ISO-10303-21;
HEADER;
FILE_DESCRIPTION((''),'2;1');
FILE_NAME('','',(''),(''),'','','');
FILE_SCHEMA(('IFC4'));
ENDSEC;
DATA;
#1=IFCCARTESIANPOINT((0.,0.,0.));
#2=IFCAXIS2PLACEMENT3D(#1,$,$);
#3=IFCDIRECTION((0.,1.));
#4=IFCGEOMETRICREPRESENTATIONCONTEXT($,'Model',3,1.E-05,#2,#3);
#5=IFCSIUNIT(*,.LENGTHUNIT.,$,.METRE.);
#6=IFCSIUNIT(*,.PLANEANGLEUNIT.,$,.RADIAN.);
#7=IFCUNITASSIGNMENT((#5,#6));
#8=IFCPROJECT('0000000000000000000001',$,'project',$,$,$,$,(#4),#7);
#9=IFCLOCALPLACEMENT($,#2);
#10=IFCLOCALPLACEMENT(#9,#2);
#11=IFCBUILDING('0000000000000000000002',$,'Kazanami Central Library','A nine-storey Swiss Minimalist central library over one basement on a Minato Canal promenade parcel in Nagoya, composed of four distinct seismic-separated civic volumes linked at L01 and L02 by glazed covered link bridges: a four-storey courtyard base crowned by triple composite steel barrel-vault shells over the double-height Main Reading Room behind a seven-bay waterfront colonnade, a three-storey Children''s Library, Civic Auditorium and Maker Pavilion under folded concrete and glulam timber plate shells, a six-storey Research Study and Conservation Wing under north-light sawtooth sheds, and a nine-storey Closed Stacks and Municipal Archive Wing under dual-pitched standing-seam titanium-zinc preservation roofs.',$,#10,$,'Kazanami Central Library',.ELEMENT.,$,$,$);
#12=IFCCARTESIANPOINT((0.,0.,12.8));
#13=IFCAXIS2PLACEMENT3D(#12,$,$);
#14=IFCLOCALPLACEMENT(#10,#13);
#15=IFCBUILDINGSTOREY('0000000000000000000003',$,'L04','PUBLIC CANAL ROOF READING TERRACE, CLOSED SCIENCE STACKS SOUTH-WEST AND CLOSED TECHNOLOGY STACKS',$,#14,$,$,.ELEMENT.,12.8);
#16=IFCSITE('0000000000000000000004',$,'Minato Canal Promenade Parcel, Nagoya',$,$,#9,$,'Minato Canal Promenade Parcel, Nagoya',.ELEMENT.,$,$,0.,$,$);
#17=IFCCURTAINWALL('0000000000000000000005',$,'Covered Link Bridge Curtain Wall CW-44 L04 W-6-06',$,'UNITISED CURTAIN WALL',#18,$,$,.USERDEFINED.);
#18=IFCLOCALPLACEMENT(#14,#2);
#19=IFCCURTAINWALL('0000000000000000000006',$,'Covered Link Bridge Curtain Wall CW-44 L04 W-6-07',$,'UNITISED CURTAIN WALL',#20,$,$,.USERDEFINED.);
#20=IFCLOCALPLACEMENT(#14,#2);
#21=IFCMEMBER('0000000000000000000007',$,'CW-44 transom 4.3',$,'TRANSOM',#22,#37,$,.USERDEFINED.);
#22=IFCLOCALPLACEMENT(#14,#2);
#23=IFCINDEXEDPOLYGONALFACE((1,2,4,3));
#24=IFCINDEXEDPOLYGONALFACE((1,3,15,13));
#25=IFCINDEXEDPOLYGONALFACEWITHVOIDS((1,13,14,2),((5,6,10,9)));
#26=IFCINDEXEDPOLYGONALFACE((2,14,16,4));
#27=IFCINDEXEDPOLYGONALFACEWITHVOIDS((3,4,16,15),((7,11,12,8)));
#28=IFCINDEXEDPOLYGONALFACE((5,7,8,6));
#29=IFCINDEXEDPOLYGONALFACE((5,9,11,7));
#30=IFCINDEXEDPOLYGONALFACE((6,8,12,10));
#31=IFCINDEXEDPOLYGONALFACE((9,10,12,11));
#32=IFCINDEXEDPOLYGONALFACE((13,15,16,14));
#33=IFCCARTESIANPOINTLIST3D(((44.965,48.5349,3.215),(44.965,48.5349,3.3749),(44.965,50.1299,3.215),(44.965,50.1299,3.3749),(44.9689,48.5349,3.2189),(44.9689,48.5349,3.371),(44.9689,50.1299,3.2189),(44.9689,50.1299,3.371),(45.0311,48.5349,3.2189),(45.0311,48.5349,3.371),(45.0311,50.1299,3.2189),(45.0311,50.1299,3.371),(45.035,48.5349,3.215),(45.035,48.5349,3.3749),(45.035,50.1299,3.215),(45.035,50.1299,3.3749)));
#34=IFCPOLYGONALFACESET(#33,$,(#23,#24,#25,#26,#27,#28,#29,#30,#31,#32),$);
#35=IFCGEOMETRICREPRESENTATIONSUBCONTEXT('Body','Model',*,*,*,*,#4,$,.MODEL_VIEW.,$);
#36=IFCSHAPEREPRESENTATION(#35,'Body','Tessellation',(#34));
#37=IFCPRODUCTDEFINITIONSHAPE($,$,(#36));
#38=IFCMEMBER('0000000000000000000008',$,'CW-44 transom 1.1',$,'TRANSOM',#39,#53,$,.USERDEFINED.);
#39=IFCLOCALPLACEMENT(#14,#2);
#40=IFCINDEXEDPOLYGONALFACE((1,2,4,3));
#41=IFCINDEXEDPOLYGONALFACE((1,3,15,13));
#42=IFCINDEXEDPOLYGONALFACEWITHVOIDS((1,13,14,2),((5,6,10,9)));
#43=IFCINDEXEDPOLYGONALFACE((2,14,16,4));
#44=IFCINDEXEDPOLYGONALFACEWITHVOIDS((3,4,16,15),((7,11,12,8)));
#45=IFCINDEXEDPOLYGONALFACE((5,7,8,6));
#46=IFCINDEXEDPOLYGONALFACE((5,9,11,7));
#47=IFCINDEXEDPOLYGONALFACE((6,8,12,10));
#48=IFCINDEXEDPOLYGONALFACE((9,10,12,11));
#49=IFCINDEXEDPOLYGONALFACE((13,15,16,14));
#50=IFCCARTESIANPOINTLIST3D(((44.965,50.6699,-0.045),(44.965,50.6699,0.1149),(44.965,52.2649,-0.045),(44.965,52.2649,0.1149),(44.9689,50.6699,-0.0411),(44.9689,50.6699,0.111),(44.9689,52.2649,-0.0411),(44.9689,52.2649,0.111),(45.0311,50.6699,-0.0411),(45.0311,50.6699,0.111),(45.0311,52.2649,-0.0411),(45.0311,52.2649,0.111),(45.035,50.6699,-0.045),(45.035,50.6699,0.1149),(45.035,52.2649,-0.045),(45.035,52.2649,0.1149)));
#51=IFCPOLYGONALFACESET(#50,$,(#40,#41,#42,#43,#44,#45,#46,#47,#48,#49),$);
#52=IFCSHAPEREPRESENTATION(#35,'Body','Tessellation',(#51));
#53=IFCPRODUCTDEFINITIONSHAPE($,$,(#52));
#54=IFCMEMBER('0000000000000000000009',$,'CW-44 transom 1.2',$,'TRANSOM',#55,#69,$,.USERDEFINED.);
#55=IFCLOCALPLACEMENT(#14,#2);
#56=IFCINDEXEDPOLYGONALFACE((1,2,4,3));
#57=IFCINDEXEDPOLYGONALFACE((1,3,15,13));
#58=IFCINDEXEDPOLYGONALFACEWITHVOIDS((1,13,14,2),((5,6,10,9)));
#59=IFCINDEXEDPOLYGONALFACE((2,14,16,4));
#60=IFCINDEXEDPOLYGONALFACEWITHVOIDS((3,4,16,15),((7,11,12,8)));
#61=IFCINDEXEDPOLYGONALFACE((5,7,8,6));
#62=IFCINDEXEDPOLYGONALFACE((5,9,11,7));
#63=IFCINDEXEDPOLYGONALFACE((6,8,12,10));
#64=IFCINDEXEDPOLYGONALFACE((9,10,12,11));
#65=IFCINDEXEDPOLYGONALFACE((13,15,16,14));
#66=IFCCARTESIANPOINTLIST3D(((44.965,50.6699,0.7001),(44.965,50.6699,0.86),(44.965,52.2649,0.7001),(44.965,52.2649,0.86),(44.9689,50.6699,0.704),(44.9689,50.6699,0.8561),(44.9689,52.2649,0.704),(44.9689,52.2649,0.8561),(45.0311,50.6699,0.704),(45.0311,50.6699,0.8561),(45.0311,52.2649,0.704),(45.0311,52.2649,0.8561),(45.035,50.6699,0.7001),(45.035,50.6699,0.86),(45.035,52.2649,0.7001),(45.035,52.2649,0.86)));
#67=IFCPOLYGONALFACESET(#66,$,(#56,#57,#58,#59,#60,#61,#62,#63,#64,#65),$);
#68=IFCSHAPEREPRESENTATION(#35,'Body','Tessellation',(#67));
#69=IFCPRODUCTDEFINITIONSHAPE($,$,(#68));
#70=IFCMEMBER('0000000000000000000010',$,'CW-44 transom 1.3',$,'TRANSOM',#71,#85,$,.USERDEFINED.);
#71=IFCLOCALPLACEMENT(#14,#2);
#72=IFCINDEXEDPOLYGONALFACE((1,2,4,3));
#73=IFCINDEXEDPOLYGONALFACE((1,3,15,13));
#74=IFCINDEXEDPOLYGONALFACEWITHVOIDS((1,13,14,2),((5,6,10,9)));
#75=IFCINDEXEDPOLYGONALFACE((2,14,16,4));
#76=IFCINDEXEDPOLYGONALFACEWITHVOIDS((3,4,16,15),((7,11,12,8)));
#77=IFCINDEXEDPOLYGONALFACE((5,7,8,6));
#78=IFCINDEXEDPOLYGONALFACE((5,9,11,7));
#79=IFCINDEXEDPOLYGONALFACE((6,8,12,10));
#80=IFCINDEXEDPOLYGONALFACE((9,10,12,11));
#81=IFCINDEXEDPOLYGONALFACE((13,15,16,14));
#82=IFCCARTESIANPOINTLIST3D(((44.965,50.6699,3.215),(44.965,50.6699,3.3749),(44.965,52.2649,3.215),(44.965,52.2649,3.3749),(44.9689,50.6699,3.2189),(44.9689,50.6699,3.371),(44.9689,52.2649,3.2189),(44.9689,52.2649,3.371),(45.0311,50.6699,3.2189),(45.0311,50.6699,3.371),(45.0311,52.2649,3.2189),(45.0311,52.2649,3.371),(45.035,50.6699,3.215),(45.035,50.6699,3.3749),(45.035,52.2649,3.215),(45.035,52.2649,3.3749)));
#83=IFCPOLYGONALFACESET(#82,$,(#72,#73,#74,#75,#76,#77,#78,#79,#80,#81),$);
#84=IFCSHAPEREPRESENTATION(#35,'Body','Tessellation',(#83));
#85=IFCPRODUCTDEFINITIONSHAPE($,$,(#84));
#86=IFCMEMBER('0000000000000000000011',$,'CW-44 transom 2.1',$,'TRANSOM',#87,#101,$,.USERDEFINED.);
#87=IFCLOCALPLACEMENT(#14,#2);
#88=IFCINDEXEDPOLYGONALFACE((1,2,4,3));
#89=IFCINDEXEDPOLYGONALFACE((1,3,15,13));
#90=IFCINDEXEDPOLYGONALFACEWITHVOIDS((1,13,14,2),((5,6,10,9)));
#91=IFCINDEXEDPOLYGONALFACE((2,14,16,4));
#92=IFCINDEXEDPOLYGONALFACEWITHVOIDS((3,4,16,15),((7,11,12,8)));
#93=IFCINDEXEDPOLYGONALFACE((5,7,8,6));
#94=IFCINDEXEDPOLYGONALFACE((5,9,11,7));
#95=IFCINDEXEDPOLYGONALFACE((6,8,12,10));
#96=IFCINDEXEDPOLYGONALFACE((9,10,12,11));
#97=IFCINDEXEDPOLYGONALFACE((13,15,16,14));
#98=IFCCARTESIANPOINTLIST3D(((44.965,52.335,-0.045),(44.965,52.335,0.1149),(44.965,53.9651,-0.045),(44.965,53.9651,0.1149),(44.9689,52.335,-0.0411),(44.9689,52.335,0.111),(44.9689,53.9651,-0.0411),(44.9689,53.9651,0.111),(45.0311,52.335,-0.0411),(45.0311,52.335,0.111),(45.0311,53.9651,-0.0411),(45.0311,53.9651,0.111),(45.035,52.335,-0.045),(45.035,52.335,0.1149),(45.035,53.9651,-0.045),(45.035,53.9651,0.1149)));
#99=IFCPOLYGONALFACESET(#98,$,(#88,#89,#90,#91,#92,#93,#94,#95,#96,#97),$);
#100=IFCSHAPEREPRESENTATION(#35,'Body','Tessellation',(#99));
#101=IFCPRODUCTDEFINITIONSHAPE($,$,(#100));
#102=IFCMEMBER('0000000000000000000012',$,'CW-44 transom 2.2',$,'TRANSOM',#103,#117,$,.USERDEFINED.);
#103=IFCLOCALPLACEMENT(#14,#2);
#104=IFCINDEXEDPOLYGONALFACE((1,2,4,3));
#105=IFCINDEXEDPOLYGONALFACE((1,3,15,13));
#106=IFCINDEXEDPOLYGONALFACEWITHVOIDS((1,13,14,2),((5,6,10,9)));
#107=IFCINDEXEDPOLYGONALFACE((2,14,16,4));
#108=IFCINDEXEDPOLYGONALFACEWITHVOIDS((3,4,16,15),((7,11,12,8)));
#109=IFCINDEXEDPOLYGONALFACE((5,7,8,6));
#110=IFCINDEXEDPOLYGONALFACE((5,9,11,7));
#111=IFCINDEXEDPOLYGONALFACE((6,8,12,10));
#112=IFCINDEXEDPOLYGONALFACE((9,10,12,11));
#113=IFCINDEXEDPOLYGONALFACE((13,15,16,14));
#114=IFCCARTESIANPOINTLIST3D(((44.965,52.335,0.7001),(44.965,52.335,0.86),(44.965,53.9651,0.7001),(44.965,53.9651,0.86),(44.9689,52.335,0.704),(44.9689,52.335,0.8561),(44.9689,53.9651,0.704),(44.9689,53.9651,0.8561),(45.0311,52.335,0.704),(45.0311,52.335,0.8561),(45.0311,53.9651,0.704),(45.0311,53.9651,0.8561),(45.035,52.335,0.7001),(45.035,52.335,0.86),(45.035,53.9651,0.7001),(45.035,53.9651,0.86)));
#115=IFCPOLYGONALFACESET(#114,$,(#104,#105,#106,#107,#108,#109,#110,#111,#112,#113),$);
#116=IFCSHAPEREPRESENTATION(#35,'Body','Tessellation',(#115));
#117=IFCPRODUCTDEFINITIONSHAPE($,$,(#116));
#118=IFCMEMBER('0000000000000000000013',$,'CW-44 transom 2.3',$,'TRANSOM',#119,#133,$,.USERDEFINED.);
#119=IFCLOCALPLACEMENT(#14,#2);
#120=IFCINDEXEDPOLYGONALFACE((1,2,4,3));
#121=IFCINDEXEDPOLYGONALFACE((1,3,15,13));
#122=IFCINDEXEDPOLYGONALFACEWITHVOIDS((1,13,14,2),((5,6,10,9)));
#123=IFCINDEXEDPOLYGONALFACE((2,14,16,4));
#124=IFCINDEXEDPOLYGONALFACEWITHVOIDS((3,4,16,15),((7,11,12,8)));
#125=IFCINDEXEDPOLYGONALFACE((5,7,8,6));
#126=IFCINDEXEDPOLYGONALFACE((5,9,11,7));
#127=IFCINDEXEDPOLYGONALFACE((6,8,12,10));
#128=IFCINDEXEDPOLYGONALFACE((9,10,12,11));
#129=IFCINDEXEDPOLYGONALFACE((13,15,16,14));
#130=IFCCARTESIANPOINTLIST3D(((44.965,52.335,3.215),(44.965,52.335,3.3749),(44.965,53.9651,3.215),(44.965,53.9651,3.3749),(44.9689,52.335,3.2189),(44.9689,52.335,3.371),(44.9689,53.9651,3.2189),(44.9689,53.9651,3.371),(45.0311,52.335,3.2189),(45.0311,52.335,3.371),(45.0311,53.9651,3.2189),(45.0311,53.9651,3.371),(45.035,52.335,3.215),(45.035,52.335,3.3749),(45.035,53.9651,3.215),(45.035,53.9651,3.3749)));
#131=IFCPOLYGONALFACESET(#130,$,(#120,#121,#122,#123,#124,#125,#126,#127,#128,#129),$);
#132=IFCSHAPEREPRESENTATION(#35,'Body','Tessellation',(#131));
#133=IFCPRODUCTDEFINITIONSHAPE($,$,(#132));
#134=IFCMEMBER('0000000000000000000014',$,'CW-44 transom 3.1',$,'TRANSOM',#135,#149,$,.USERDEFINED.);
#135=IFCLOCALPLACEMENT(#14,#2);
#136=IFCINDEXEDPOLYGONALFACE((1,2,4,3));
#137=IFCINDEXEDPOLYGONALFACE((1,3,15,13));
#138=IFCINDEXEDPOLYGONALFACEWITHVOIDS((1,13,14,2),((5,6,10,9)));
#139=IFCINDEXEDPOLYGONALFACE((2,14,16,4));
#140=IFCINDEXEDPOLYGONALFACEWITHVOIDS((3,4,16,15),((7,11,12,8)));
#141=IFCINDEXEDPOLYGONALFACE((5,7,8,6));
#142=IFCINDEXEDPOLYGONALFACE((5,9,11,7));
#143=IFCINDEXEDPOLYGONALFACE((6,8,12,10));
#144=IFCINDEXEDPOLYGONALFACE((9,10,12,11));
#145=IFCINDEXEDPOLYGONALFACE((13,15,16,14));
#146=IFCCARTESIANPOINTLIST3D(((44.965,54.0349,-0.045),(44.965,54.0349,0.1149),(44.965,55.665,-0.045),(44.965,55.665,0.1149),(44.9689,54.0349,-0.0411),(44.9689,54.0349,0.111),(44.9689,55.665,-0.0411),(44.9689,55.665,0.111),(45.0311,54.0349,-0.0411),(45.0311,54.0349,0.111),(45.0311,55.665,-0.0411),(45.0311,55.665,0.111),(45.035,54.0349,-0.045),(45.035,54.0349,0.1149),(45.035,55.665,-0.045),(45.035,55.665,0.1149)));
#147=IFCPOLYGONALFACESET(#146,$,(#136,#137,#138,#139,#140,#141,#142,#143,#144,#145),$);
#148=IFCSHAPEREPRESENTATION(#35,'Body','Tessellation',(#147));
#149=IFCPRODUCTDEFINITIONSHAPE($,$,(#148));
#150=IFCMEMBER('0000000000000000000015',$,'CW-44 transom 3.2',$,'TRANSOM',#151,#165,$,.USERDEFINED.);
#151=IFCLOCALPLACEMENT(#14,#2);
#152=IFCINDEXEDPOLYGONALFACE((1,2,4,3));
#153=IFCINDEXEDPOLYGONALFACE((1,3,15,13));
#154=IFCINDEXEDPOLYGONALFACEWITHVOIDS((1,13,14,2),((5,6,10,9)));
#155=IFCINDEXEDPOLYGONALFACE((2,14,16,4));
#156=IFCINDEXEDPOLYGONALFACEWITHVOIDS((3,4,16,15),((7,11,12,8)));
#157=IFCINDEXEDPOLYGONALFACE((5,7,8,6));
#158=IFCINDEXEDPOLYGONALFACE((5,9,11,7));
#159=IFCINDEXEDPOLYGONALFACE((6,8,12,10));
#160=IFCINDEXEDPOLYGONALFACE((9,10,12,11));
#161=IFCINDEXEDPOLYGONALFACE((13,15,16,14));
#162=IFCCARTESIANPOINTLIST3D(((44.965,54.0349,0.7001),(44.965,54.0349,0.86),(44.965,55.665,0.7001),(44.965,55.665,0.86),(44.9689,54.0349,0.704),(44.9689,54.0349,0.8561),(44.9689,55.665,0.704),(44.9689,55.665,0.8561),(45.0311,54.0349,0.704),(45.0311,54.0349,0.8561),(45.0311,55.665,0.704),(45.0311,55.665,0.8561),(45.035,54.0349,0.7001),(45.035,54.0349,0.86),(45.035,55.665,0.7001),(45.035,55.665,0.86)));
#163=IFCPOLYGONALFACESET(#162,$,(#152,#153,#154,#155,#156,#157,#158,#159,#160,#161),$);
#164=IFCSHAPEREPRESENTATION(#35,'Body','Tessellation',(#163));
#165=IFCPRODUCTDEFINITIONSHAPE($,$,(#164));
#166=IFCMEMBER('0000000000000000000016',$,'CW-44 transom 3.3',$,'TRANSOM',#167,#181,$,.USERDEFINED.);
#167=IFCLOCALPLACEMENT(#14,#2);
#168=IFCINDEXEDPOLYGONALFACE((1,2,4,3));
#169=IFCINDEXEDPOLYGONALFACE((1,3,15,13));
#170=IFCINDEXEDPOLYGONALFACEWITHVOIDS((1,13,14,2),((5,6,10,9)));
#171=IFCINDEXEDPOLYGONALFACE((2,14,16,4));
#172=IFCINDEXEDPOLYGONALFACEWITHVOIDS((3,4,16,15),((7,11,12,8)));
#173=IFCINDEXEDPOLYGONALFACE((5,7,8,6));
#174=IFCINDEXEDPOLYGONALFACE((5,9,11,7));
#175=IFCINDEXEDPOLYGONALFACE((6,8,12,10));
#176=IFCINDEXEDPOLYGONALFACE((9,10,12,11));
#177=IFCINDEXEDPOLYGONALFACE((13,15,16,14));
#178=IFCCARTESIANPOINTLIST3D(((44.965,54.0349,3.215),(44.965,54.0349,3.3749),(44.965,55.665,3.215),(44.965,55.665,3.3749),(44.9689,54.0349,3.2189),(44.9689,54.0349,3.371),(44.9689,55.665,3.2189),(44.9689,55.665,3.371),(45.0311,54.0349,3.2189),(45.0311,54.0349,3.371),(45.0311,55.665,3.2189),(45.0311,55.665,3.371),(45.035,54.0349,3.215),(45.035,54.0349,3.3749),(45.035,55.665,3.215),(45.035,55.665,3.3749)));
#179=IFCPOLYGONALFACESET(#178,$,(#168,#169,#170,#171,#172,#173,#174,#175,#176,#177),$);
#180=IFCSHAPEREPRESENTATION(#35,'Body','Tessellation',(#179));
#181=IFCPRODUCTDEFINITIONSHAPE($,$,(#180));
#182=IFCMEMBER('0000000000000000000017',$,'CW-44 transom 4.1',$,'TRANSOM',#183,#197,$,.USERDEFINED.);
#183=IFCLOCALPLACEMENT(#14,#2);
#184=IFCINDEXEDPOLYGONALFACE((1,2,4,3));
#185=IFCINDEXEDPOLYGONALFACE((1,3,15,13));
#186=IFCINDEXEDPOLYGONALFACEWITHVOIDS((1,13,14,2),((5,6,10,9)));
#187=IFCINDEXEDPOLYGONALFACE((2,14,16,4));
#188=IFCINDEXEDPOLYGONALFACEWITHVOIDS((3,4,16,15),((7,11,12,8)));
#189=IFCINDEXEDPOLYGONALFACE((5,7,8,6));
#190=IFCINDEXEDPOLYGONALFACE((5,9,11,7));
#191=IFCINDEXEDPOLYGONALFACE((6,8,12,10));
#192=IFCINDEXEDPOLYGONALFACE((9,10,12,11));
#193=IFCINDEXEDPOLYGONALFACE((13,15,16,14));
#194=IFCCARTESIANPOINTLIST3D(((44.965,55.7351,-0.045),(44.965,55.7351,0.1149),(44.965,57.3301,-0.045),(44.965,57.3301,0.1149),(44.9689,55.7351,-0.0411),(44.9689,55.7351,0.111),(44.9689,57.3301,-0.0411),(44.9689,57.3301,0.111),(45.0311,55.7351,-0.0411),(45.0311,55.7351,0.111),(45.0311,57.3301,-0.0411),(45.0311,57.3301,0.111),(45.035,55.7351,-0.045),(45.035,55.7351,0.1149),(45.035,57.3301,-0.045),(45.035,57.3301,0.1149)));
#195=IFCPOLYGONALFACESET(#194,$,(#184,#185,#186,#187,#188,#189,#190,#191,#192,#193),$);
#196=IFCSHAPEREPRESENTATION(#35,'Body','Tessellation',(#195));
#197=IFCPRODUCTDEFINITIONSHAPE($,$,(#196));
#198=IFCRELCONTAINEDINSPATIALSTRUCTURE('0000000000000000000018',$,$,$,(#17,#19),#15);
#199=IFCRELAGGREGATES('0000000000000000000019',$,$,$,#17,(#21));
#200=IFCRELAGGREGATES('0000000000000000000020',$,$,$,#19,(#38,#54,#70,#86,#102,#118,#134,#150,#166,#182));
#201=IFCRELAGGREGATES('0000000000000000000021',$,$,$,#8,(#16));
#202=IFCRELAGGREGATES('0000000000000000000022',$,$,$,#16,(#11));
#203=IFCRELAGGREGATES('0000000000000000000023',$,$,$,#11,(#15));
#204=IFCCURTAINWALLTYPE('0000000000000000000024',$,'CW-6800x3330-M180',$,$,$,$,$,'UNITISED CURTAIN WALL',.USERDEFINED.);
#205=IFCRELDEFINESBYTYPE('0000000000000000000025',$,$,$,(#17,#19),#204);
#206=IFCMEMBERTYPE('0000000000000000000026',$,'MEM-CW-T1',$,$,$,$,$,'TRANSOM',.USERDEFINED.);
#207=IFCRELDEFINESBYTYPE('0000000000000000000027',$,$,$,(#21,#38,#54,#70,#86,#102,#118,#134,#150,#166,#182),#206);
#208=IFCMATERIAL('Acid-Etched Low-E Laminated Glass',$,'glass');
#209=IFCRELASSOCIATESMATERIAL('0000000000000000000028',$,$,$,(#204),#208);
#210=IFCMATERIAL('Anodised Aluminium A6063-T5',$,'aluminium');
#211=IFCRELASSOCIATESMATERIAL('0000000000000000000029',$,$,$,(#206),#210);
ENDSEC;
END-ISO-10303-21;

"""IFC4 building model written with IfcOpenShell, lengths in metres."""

from ifc_helpers import new_model, si_unit, direction, frame, origin, origin_2d, place, context, subcontext, project, spatial, hollow_rectangle, extrude, material, material_profile, profile_set, type_object, element, aggregate, save


model = new_model("IFC4")

# Units and contexts
model_context = context("Model", 3, precision=1e-05, world=origin(), true_north=direction((0.0, 1.0)))
body_context = subcontext(model_context, "Body", "Model", "MODEL_VIEW")
ifc_project = project(units=[si_unit("LENGTHUNIT", "METRE"), si_unit("PLANEANGLEUNIT", "RADIAN")], contexts=[model_context])

# Site, building, storey
site_placement = place(None, origin())
site = spatial("IfcSite", under=ifc_project, at=site_placement, Name="Minato Canal Promenade Parcel, Nagoya", LongName="Minato Canal Promenade Parcel, Nagoya", CompositionType="ELEMENT", RefElevation=0.0)
building_placement = place(site_placement, origin())
building = spatial("IfcBuilding", under=site, at=building_placement, Name="Kazanami Central Library", Description="A nine-storey Swiss Minimalist central library over one basement on a Minato Canal promenade parcel in Nagoya, composed of four distinct seismic-separated civic volumes linked at L01 and L02 by glazed covered link bridges: a four-storey courtyard base crowned by triple composite steel barrel-vault shells over the double-height Main Reading Room behind a seven-bay waterfront colonnade, a three-storey Children's Library, Civic Auditorium and Maker Pavilion under folded concrete and glulam timber plate shells, a six-storey Research Study and Conservation Wing under north-light sawtooth sheds, and a nine-storey Closed Stacks and Municipal Archive Wing under dual-pitched standing-seam titanium-zinc preservation roofs.", LongName="Kazanami Central Library", CompositionType="ELEMENT")
storey_placement = place(building_placement, frame((0.0, 0.0, 12.8)))
storey = spatial("IfcBuildingStorey", under=building, at=storey_placement, Name="L04", Description="PUBLIC CANAL ROOF READING TERRACE, CLOSED SCIENCE STACKS SOUTH-WEST AND CLOSED TECHNOLOGY STACKS", CompositionType="ELEMENT", Elevation=12.8)

# Curtain walls
ifc_material_1 = material(Name="Acid-Etched Low-E Laminated Glass", Category="glass")
curtain_wall_type = type_object("IfcCurtainWallType", Name="CW-6800x3330-M180", ElementType="UNITISED CURTAIN WALL", PredefinedType="USERDEFINED", material=ifc_material_1)
curtain_wall_1_placement = place(storey_placement, origin())
curtain_wall_1 = element("IfcCurtainWall", 1, at=curtain_wall_1_placement, inside=storey, type_object=curtain_wall_type, Name="Covered Link Bridge Curtain Wall CW-44 L04 W-6-06", ObjectType="UNITISED CURTAIN WALL", PredefinedType="USERDEFINED")
ifc_material_2 = material(Name="Anodised Aluminium A6063-T5", Category="aluminium")
curtain_wall_2_placement = place(storey_placement, origin())
curtain_wall_2 = element("IfcCurtainWall", 2, at=curtain_wall_2_placement, inside=storey, type_object=curtain_wall_type, Name="Covered Link Bridge Curtain Wall CW-44 L04 W-6-07", ObjectType="UNITISED CURTAIN WALL", PredefinedType="USERDEFINED")

# Members
ifc_material_profile_1 = material_profile(ifc_material_2, hollow_rectangle(XDim=0.0701, YDim=0.1599, WallThickness=0.0039, at=origin_2d()), Name="ALU-TRAN-70x160x4")
ifc_profile_set_1 = profile_set([ifc_material_profile_1], Name="Anodised Aluminium A6063-T5")
member_type_1 = type_object("IfcMemberType", Name="MEM-CW-T1", ElementType="TRANSOM", PredefinedType="USERDEFINED", material=ifc_profile_set_1)
member_1_placement = place(storey_placement, frame((45.0, 48.5349, 3.2949), z_axis=(0.0, 1.0, 0.0), x_axis=(-1.0, 0.0, 0.0)))
member_1 = element("IfcMember", 3, at=member_1_placement, type_object=member_type_1, Name="CW-44 transom 4.3", ObjectType="TRANSOM", PredefinedType="USERDEFINED", context=body_context, shape_type="SweptSolid", body=[
    extrude(hollow_rectangle(XDim=0.0701, YDim=0.1599, WallThickness=0.0039, at=origin_2d()), origin(), (0.0, 0.0, 1.0), 1.595),
])
member_2_placement = place(storey_placement, frame((45.0, 50.6699, 0.0349), z_axis=(0.0, 1.0, 0.0), x_axis=(-1.0, 0.0, 0.0)))
member_2 = element("IfcMember", 4, at=member_2_placement, type_object=member_type_1, Name="CW-44 transom 1.1", ObjectType="TRANSOM", PredefinedType="USERDEFINED", context=body_context, shape_type="SweptSolid", body=[
    extrude(hollow_rectangle(XDim=0.0701, YDim=0.1599, WallThickness=0.0039, at=origin_2d()), origin(), (0.0, 0.0, 1.0), 1.595),
])
member_3_placement = place(storey_placement, frame((45.0, 50.6699, 0.78), z_axis=(0.0, 1.0, 0.0), x_axis=(-1.0, 0.0, 0.0)))
member_3 = element("IfcMember", 5, at=member_3_placement, type_object=member_type_1, Name="CW-44 transom 1.2", ObjectType="TRANSOM", PredefinedType="USERDEFINED", context=body_context, shape_type="SweptSolid", body=[
    extrude(hollow_rectangle(XDim=0.0701, YDim=0.1599, WallThickness=0.0039, at=origin_2d()), origin(), (0.0, 0.0, 1.0), 1.595),
])
member_4_placement = place(storey_placement, frame((45.0, 50.6699, 3.2949), z_axis=(0.0, 1.0, 0.0), x_axis=(-1.0, 0.0, 0.0)))
member_4 = element("IfcMember", 6, at=member_4_placement, type_object=member_type_1, Name="CW-44 transom 1.3", ObjectType="TRANSOM", PredefinedType="USERDEFINED", context=body_context, shape_type="SweptSolid", body=[
    extrude(hollow_rectangle(XDim=0.0701, YDim=0.1599, WallThickness=0.0039, at=origin_2d()), origin(), (0.0, 0.0, 1.0), 1.595),
])
member_5_placement = place(storey_placement, frame((45.0, 52.335, 0.0349), z_axis=(0.0, 1.0, 0.0), x_axis=(-1.0, 0.0, 0.0)))
member_5 = element("IfcMember", 7, at=member_5_placement, type_object=member_type_1, Name="CW-44 transom 2.1", ObjectType="TRANSOM", PredefinedType="USERDEFINED", context=body_context, shape_type="SweptSolid", body=[
    extrude(hollow_rectangle(XDim=0.0701, YDim=0.1599, WallThickness=0.0039, at=origin_2d()), origin(), (0.0, 0.0, 1.0), 1.6301),
])
member_6_placement = place(storey_placement, frame((45.0, 52.335, 0.78), z_axis=(0.0, 1.0, 0.0), x_axis=(-1.0, 0.0, 0.0)))
member_6 = element("IfcMember", 8, at=member_6_placement, type_object=member_type_1, Name="CW-44 transom 2.2", ObjectType="TRANSOM", PredefinedType="USERDEFINED", context=body_context, shape_type="SweptSolid", body=[
    extrude(hollow_rectangle(XDim=0.0701, YDim=0.1599, WallThickness=0.0039, at=origin_2d()), origin(), (0.0, 0.0, 1.0), 1.6301),
])
member_7_placement = place(storey_placement, frame((45.0, 52.335, 3.2949), z_axis=(0.0, 1.0, 0.0), x_axis=(-1.0, 0.0, 0.0)))
member_7 = element("IfcMember", 9, at=member_7_placement, type_object=member_type_1, Name="CW-44 transom 2.3", ObjectType="TRANSOM", PredefinedType="USERDEFINED", context=body_context, shape_type="SweptSolid", body=[
    extrude(hollow_rectangle(XDim=0.0701, YDim=0.1599, WallThickness=0.0039, at=origin_2d()), origin(), (0.0, 0.0, 1.0), 1.6301),
])
member_8_placement = place(storey_placement, frame((45.0, 54.0349, 0.0349), z_axis=(0.0, 1.0, 0.0), x_axis=(-1.0, 0.0, 0.0)))
member_8 = element("IfcMember", 10, at=member_8_placement, type_object=member_type_1, Name="CW-44 transom 3.1", ObjectType="TRANSOM", PredefinedType="USERDEFINED", context=body_context, shape_type="SweptSolid", body=[
    extrude(hollow_rectangle(XDim=0.0701, YDim=0.1599, WallThickness=0.0039, at=origin_2d()), origin(), (0.0, 0.0, 1.0), 1.6301),
])
member_9_placement = place(storey_placement, frame((45.0, 54.0349, 0.78), z_axis=(0.0, 1.0, 0.0), x_axis=(-1.0, 0.0, 0.0)))
member_9 = element("IfcMember", 11, at=member_9_placement, type_object=member_type_1, Name="CW-44 transom 3.2", ObjectType="TRANSOM", PredefinedType="USERDEFINED", context=body_context, shape_type="SweptSolid", body=[
    extrude(hollow_rectangle(XDim=0.0701, YDim=0.1599, WallThickness=0.0039, at=origin_2d()), origin(), (0.0, 0.0, 1.0), 1.6301),
])
member_10_placement = place(storey_placement, frame((45.0, 54.0349, 3.2949), z_axis=(0.0, 1.0, 0.0), x_axis=(-1.0, 0.0, 0.0)))
member_10 = element("IfcMember", 12, at=member_10_placement, type_object=member_type_1, Name="CW-44 transom 3.3", ObjectType="TRANSOM", PredefinedType="USERDEFINED", context=body_context, shape_type="SweptSolid", body=[
    extrude(hollow_rectangle(XDim=0.0701, YDim=0.1599, WallThickness=0.0039, at=origin_2d()), origin(), (0.0, 0.0, 1.0), 1.6301),
])
member_11_placement = place(storey_placement, frame((45.0, 55.7351, 0.0349), z_axis=(0.0, 1.0, 0.0), x_axis=(-1.0, 0.0, 0.0)))
member_11 = element("IfcMember", 13, at=member_11_placement, type_object=member_type_1, Name="CW-44 transom 4.1", ObjectType="TRANSOM", PredefinedType="USERDEFINED", context=body_context, shape_type="SweptSolid", body=[
    extrude(hollow_rectangle(XDim=0.0701, YDim=0.1599, WallThickness=0.0039, at=origin_2d()), origin(), (0.0, 0.0, 1.0), 1.595),
])

aggregate(curtain_wall_1, [member_1])
aggregate(curtain_wall_2, [member_2, member_3, member_4, member_5, member_6, member_7, member_8, member_9, member_10, member_11])

save(model, "model.ifc")
